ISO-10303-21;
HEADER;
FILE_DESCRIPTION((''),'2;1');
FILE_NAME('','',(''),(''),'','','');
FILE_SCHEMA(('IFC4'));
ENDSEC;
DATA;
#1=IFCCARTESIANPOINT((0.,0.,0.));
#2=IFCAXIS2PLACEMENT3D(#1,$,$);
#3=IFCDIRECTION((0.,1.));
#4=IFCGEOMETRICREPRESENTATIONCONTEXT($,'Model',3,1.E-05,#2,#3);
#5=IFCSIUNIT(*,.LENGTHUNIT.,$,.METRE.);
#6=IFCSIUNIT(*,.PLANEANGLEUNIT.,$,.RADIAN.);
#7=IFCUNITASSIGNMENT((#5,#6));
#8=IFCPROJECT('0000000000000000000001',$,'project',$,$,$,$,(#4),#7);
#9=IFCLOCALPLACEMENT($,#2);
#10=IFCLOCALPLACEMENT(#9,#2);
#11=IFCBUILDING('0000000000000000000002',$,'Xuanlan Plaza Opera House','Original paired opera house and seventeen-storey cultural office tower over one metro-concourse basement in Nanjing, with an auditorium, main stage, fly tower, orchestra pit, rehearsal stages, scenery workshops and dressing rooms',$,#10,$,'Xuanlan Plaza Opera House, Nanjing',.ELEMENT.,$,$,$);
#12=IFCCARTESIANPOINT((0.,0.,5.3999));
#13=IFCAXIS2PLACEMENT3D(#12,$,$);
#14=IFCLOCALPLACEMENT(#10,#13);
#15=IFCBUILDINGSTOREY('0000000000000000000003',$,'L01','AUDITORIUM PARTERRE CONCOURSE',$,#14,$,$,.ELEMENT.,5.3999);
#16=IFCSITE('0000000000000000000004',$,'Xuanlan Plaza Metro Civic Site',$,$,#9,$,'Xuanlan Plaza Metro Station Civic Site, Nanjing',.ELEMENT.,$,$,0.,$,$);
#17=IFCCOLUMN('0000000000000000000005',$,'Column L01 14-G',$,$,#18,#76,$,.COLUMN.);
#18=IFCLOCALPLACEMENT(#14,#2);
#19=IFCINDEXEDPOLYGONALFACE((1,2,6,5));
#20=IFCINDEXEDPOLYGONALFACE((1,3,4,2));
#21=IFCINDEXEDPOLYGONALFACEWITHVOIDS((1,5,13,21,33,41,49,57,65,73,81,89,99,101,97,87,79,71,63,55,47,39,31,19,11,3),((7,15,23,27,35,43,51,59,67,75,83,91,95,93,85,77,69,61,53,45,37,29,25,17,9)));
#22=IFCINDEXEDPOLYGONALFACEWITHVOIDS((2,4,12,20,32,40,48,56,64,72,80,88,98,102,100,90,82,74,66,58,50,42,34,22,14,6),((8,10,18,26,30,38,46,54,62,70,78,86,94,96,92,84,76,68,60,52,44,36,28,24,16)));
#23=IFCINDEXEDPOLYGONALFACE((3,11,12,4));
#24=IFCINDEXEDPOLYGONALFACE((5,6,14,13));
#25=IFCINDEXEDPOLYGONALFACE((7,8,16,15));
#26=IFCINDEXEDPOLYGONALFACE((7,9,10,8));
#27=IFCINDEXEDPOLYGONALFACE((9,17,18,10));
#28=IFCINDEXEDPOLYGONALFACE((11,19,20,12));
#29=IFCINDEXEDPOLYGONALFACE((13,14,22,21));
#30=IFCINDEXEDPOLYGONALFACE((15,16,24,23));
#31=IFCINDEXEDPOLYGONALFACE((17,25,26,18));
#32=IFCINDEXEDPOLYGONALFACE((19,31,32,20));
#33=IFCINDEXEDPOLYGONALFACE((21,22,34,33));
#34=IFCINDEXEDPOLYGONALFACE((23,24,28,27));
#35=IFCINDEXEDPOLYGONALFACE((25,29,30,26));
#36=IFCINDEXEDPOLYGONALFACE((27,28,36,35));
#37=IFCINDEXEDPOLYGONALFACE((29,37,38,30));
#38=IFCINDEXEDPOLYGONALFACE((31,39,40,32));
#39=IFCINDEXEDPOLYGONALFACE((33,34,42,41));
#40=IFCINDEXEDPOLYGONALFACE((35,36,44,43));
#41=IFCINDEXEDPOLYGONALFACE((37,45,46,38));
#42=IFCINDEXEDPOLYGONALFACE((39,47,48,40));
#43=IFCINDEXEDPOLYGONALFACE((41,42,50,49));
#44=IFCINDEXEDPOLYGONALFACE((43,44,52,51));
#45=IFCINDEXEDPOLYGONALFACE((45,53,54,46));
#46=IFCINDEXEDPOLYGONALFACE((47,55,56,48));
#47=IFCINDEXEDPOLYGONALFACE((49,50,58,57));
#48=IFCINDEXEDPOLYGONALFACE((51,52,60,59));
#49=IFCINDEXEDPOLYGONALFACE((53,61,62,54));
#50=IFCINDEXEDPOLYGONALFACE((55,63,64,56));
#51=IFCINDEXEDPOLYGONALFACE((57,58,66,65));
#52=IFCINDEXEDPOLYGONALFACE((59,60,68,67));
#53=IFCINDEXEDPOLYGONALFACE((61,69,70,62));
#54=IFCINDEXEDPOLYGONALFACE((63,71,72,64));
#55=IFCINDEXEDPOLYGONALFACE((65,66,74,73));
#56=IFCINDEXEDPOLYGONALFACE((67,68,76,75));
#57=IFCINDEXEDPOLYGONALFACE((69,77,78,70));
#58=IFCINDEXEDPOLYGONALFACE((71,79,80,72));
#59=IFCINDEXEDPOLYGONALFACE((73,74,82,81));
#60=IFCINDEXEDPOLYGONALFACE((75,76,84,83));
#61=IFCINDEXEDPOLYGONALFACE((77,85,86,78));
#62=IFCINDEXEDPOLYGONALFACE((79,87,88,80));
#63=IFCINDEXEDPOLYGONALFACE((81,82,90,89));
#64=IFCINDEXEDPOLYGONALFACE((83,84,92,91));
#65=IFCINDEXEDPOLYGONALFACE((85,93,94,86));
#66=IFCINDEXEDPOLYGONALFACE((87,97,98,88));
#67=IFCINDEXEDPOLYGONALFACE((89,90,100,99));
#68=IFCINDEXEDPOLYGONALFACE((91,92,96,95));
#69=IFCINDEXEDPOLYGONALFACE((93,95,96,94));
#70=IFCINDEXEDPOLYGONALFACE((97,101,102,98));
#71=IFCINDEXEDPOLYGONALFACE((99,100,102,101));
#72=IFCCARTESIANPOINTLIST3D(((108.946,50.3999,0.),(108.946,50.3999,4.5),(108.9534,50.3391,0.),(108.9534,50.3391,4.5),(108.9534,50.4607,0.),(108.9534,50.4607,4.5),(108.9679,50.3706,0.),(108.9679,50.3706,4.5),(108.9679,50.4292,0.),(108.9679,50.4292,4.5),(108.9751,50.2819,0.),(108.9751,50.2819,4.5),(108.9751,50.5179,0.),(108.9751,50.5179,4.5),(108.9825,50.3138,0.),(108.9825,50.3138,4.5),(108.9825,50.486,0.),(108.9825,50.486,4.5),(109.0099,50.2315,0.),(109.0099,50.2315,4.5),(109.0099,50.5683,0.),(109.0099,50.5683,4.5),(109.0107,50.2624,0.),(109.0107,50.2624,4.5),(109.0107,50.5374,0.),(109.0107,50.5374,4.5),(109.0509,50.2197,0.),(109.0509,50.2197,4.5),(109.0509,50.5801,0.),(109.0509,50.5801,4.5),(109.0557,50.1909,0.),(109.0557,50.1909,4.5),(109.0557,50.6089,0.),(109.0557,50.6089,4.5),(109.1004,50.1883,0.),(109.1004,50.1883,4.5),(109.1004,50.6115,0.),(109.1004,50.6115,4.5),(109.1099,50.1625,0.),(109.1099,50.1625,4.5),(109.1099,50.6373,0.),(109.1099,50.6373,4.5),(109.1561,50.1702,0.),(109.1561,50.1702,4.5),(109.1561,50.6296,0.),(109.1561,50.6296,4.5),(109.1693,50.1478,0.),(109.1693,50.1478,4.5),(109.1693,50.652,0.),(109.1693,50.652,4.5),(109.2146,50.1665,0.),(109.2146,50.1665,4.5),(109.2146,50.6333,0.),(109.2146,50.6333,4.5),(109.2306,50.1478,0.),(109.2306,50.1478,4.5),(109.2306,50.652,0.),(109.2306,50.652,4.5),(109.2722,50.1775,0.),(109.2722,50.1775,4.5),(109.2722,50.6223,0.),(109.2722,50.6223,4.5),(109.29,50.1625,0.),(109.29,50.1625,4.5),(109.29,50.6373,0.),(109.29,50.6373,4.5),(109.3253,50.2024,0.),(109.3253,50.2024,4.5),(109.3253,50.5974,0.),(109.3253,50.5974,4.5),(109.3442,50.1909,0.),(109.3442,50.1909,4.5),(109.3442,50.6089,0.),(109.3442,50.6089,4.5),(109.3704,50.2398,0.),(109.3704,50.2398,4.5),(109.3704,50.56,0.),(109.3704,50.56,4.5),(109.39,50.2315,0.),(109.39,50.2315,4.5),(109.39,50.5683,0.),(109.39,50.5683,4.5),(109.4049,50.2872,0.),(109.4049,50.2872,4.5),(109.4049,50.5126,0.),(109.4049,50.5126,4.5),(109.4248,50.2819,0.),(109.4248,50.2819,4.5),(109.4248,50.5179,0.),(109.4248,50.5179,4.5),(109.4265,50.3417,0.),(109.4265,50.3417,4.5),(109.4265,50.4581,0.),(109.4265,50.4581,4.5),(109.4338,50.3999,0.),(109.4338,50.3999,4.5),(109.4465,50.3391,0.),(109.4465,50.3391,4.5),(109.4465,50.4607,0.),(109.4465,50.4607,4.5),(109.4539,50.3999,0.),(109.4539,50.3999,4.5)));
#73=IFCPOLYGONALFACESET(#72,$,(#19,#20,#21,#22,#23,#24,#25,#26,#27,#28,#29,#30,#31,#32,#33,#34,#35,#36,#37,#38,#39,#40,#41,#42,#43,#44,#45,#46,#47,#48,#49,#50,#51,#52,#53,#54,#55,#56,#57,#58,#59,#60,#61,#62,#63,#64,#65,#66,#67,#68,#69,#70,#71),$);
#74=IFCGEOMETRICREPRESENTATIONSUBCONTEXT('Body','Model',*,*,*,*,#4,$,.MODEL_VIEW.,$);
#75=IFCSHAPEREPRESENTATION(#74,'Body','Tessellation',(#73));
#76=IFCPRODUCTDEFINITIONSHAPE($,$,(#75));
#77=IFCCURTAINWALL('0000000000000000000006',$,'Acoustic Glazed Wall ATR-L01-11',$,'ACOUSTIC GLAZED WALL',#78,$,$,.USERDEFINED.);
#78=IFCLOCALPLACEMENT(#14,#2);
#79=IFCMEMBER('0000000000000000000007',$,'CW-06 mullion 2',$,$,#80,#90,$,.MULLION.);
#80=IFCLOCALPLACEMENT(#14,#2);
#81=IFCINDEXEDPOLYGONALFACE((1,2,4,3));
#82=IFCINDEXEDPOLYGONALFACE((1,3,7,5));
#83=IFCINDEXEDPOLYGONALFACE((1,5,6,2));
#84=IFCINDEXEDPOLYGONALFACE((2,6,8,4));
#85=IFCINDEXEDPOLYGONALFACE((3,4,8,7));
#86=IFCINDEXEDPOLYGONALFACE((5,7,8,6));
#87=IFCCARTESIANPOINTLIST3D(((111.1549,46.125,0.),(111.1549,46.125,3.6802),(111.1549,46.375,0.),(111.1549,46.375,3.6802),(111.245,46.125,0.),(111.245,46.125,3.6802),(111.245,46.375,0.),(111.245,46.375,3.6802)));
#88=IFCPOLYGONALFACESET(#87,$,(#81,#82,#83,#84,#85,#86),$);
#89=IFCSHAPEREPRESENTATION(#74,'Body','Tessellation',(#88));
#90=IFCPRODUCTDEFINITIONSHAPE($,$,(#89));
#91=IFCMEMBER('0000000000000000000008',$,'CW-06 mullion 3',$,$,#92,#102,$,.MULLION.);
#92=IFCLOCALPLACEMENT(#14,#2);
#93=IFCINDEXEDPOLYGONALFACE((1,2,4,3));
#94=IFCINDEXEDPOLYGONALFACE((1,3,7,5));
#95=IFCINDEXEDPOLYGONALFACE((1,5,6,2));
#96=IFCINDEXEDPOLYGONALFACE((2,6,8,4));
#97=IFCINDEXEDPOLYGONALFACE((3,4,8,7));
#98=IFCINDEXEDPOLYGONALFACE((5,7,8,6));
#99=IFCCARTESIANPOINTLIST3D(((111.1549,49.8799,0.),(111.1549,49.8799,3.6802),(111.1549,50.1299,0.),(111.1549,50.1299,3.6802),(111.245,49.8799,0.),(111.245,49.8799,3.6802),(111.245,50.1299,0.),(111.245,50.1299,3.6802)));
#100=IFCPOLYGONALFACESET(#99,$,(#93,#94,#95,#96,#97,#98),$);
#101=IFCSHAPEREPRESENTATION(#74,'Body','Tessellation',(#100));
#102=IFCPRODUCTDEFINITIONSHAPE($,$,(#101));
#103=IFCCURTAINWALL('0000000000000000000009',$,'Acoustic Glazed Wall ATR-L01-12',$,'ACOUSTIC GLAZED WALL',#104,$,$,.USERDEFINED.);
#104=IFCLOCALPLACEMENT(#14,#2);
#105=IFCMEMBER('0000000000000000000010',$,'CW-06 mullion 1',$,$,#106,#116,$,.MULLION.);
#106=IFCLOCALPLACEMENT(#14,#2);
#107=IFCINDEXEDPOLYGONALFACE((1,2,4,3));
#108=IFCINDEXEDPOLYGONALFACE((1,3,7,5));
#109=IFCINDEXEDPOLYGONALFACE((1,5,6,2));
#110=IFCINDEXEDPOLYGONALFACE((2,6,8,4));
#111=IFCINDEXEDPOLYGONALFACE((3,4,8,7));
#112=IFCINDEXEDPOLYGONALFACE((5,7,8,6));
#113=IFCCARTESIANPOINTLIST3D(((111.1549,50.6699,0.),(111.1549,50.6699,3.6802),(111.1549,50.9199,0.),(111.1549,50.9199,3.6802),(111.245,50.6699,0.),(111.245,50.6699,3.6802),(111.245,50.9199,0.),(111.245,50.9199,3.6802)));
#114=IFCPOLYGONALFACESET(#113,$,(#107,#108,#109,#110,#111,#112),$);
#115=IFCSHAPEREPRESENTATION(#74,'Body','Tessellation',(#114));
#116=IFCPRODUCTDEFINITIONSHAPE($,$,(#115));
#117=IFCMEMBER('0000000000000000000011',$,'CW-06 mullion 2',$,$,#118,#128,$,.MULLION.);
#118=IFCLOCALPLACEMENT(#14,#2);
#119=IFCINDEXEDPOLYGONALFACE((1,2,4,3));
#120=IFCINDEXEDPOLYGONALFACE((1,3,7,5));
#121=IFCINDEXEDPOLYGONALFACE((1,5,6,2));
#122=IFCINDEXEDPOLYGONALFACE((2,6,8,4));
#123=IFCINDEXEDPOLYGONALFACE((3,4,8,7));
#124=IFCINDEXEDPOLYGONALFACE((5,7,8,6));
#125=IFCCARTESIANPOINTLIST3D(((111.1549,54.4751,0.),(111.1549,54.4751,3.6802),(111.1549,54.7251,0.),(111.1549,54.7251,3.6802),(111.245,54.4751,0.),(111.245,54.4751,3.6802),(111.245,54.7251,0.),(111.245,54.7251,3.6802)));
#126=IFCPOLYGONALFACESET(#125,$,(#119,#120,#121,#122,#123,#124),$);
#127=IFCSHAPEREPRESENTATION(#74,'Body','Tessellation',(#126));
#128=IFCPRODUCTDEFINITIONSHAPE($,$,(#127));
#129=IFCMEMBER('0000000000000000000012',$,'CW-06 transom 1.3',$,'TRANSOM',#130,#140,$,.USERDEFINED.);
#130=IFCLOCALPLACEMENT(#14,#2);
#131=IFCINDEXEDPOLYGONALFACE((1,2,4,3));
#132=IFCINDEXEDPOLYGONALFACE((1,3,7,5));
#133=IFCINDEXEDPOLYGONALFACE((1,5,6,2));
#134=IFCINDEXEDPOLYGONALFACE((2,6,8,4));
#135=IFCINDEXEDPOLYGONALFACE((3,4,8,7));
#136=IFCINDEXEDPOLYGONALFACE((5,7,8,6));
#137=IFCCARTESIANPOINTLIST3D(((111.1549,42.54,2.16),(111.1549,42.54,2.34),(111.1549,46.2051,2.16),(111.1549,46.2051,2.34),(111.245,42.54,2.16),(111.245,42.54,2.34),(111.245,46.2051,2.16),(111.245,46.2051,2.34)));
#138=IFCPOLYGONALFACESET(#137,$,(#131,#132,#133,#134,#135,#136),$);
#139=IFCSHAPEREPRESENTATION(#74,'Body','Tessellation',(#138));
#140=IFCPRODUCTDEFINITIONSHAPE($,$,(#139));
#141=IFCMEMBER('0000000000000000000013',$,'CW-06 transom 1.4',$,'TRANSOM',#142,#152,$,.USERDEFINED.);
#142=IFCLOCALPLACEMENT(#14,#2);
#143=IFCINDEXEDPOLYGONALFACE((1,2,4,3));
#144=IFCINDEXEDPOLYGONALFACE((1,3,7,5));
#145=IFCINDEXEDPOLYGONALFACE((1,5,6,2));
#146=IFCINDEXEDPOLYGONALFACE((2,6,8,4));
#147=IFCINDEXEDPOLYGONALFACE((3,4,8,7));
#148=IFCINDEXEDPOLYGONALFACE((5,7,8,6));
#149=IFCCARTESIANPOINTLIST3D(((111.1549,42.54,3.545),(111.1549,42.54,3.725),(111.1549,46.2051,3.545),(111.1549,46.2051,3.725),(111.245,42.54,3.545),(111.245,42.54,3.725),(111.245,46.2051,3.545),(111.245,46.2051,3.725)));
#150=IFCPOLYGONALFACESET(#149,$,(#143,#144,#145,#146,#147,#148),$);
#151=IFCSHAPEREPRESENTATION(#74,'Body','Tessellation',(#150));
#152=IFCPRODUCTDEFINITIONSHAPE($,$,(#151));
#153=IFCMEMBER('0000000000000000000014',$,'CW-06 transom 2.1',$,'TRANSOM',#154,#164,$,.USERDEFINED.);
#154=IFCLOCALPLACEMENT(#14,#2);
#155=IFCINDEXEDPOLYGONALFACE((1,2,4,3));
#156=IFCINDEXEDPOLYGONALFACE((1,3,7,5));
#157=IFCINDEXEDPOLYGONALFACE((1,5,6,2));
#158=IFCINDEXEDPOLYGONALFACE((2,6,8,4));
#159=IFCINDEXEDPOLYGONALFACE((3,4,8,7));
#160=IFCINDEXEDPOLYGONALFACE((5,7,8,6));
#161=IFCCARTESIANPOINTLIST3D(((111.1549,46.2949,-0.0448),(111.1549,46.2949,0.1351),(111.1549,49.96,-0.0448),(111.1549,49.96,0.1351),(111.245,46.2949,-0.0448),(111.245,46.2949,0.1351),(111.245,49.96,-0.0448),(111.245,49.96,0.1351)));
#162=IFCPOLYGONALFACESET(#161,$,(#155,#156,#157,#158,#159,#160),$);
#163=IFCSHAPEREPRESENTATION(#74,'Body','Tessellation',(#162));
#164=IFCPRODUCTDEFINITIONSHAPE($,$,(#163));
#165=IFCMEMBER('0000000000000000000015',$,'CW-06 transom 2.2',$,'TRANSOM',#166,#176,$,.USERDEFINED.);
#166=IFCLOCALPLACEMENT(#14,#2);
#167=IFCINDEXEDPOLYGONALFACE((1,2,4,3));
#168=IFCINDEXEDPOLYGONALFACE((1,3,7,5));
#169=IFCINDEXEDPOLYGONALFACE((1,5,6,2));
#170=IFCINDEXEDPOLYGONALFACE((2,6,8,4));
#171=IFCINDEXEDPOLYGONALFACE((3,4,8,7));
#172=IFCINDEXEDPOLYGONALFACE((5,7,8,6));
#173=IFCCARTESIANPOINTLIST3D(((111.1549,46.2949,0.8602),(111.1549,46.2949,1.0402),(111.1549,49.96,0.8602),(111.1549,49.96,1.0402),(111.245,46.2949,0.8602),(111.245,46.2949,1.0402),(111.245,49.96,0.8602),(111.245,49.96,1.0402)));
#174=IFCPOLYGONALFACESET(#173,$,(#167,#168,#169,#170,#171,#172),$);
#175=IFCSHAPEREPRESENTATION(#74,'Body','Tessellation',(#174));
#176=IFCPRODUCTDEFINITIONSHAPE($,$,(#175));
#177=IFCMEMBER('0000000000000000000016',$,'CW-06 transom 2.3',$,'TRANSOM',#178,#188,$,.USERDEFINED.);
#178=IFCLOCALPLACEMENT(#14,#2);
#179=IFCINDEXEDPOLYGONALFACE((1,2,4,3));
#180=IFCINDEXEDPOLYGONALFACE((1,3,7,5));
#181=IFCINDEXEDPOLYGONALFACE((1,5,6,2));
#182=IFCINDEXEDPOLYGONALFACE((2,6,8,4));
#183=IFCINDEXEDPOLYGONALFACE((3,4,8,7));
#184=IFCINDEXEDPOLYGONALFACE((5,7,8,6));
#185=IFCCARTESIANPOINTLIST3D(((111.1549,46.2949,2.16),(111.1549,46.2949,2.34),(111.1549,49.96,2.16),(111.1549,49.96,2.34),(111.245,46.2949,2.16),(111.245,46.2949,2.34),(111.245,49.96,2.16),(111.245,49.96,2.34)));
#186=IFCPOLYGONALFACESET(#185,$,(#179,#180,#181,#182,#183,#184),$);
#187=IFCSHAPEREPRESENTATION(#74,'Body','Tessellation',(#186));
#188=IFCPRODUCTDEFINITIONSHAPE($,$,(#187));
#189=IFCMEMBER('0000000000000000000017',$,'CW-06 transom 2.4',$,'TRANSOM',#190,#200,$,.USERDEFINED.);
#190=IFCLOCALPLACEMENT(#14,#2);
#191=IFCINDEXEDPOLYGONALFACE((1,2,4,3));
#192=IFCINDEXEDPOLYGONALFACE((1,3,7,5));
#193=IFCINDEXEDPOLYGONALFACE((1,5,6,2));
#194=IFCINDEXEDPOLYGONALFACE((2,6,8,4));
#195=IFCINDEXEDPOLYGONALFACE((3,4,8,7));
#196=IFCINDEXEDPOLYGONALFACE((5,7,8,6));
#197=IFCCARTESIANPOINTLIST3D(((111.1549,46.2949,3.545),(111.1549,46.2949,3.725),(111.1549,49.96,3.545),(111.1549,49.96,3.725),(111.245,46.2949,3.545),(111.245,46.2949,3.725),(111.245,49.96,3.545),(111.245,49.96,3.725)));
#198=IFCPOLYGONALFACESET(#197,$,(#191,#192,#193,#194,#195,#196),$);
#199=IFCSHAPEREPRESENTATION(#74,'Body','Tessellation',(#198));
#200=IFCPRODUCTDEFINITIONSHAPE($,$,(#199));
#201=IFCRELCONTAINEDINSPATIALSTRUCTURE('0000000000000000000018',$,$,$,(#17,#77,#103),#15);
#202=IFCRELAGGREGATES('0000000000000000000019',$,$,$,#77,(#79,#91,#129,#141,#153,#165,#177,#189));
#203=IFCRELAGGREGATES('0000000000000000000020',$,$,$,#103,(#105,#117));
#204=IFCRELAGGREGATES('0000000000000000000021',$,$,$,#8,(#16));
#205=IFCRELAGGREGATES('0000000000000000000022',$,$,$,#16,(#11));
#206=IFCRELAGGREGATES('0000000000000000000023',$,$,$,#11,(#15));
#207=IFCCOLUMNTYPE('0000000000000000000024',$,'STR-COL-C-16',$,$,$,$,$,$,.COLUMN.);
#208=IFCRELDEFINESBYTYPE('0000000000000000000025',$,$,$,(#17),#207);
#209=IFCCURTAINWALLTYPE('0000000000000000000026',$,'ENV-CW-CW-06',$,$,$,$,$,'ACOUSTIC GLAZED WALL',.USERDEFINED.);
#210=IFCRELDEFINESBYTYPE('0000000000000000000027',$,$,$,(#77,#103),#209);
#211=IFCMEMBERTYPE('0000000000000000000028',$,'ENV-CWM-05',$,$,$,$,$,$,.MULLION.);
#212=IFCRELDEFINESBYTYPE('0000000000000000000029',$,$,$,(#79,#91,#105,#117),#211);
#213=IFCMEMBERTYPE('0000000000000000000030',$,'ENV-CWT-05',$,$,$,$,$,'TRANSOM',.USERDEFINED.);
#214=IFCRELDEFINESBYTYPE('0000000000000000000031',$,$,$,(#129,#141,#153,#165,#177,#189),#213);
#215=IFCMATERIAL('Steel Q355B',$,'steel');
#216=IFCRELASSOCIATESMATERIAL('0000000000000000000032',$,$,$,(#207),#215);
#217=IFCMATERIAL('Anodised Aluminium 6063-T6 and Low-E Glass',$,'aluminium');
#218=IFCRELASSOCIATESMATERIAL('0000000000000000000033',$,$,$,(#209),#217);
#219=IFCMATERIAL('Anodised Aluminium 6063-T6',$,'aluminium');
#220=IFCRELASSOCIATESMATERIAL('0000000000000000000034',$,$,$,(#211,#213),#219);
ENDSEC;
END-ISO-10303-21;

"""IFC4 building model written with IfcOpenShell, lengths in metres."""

from ifc_helpers import new_model, si_unit, direction, frame, origin, origin_2d, place, context, subcontext, project, spatial, rectangle, hollow_circle, extrude, material, material_profile, profile_set, type_object, element, aggregate, save


model = new_model("IFC4")

# Units and contexts
model_context = context("Model", 3, precision=1e-05, world=origin(), true_north=direction((0.0, 1.0)))
body_context = subcontext(model_context, "Body", "Model", "MODEL_VIEW")
ifc_project = project(units=[si_unit("LENGTHUNIT", "METRE"), si_unit("PLANEANGLEUNIT", "RADIAN")], contexts=[model_context])

# Site, building, storey
site_placement = place(None, origin())
site = spatial("IfcSite", under=ifc_project, at=site_placement, Name="Xuanlan Plaza Metro Civic Site", LongName="Xuanlan Plaza Metro Station Civic Site, Nanjing", CompositionType="ELEMENT", RefElevation=0.0)
building_placement = place(site_placement, origin())
building = spatial("IfcBuilding", under=site, at=building_placement, Name="Xuanlan Plaza Opera House", Description="Original paired opera house and seventeen-storey cultural office tower over one metro-concourse basement in Nanjing, with an auditorium, main stage, fly tower, orchestra pit, rehearsal stages, scenery workshops and dressing rooms", LongName="Xuanlan Plaza Opera House, Nanjing", CompositionType="ELEMENT")
storey_placement = place(building_placement, frame((0.0, 0.0, 5.3999)))
storey = spatial("IfcBuildingStorey", under=building, at=storey_placement, Name="L01", Description="AUDITORIUM PARTERRE CONCOURSE", CompositionType="ELEMENT", Elevation=5.3999)

# Column
ifc_material_1 = material(Name="Steel Q355B", Category="steel")
ifc_material_profile_1 = material_profile(ifc_material_1, hollow_circle(Radius=0.2539, WallThickness=0.02, at=origin_2d()), Name="CHS 508x20")
ifc_profile_set_1 = profile_set([ifc_material_profile_1], Name="Steel Q355B")
column_type = type_object("IfcColumnType", Name="STR-COL-C-16", PredefinedType="COLUMN", material=ifc_profile_set_1)
column_placement = place(storey_placement, frame((109.2, 50.3999, 0.0), z_axis=(0.0, 0.0, 1.0), x_axis=(1.0, 0.0, 0.0)))
element("IfcColumn", 1, at=column_placement, inside=storey, type_object=column_type, Name="Column L01 14-G", PredefinedType="COLUMN", context=body_context, shape_type="SweptSolid", body=[
    extrude(hollow_circle(Radius=0.2539, WallThickness=0.02, at=origin_2d()), origin(), (0.0, 0.0, 1.0), 4.5),
])

# Curtain walls, members
ifc_material_2 = material(Name="Anodised Aluminium 6063-T6 and Low-E Glass", Category="aluminium")
curtain_wall_type = type_object("IfcCurtainWallType", Name="ENV-CW-CW-06", ElementType="ACOUSTIC GLAZED WALL", PredefinedType="USERDEFINED", material=ifc_material_2)
curtain_wall_1_placement = place(storey_placement, origin())
curtain_wall_1 = element("IfcCurtainWall", 2, at=curtain_wall_1_placement, inside=storey, type_object=curtain_wall_type, Name="Acoustic Glazed Wall ATR-L01-11", ObjectType="ACOUSTIC GLAZED WALL", PredefinedType="USERDEFINED")
ifc_material_3 = material(Name="Anodised Aluminium 6063-T6", Category="aluminium")
ifc_material_profile_2 = material_profile(ifc_material_3, rectangle(XDim=0.0901, YDim=0.25, at=origin_2d()), Name="ALU-M 90x250")
ifc_profile_set_2 = profile_set([ifc_material_profile_2], Name="Anodised Aluminium 6063-T6")
member_type_1 = type_object("IfcMemberType", Name="ENV-CWM-05", PredefinedType="MULLION", material=ifc_profile_set_2)
member_1_placement = place(storey_placement, frame((111.2, 46.25, 0.0), z_axis=(0.0, 0.0, 1.0), x_axis=(-1.0, 0.0, 0.0)))
member_1 = element("IfcMember", 3, at=member_1_placement, type_object=member_type_1, Name="CW-06 mullion 2", PredefinedType="MULLION", context=body_context, shape_type="SweptSolid", body=[
    extrude(rectangle(XDim=0.0901, YDim=0.25, at=origin_2d()), origin(), (0.0, 0.0, 1.0), 3.6802),
])
member_2_placement = place(storey_placement, frame((111.2, 50.0049, 0.0), z_axis=(0.0, 0.0, 1.0), x_axis=(-1.0, 0.0, 0.0)))
member_2 = element("IfcMember", 4, at=member_2_placement, type_object=member_type_1, Name="CW-06 mullion 3", PredefinedType="MULLION", context=body_context, shape_type="SweptSolid", body=[
    extrude(rectangle(XDim=0.0901, YDim=0.25, at=origin_2d()), origin(), (0.0, 0.0, 1.0), 3.6802),
])
curtain_wall_2_placement = place(storey_placement, origin())
curtain_wall_2 = element("IfcCurtainWall", 5, at=curtain_wall_2_placement, inside=storey, type_object=curtain_wall_type, Name="Acoustic Glazed Wall ATR-L01-12", ObjectType="ACOUSTIC GLAZED WALL", PredefinedType="USERDEFINED")
member_3_placement = place(storey_placement, frame((111.2, 50.7949, 0.0), z_axis=(0.0, 0.0, 1.0), x_axis=(-1.0, 0.0, 0.0)))
member_3 = element("IfcMember", 6, at=member_3_placement, type_object=member_type_1, Name="CW-06 mullion 1", PredefinedType="MULLION", context=body_context, shape_type="SweptSolid", body=[
    extrude(rectangle(XDim=0.0901, YDim=0.25, at=origin_2d()), origin(), (0.0, 0.0, 1.0), 3.6802),
])
member_4_placement = place(storey_placement, frame((111.2, 54.6001, 0.0), z_axis=(0.0, 0.0, 1.0), x_axis=(-1.0, 0.0, 0.0)))
member_4 = element("IfcMember", 7, at=member_4_placement, type_object=member_type_1, Name="CW-06 mullion 2", PredefinedType="MULLION", context=body_context, shape_type="SweptSolid", body=[
    extrude(rectangle(XDim=0.0901, YDim=0.25, at=origin_2d()), origin(), (0.0, 0.0, 1.0), 3.6802),
])

# Members
ifc_material_profile_3 = material_profile(ifc_material_3, rectangle(XDim=0.0901, YDim=0.1799, at=origin_2d()), Name="ALU-T 90x180")
ifc_profile_set_3 = profile_set([ifc_material_profile_3], Name="Anodised Aluminium 6063-T6")
member_type_2 = type_object("IfcMemberType", Name="ENV-CWT-05", ElementType="TRANSOM", PredefinedType="USERDEFINED", material=ifc_profile_set_3)
member_5_placement = place(storey_placement, frame((111.2, 42.54, 2.25), z_axis=(0.0, 1.0, 0.0), x_axis=(-1.0, 0.0, 0.0)))
member_5 = element("IfcMember", 8, at=member_5_placement, type_object=member_type_2, Name="CW-06 transom 1.3", ObjectType="TRANSOM", PredefinedType="USERDEFINED", context=body_context, shape_type="SweptSolid", body=[
    extrude(rectangle(XDim=0.0901, YDim=0.1799, at=origin_2d()), origin(), (0.0, 0.0, 1.0), 3.665),
])
member_6_placement = place(storey_placement, frame((111.2, 42.54, 3.635), z_axis=(0.0, 1.0, 0.0), x_axis=(-1.0, 0.0, 0.0)))
member_6 = element("IfcMember", 9, at=member_6_placement, type_object=member_type_2, Name="CW-06 transom 1.4", ObjectType="TRANSOM", PredefinedType="USERDEFINED", context=body_context, shape_type="SweptSolid", body=[
    extrude(rectangle(XDim=0.0901, YDim=0.1799, at=origin_2d()), origin(), (0.0, 0.0, 1.0), 3.665),
])
member_7_placement = place(storey_placement, frame((111.2, 46.2949, 0.0452), z_axis=(0.0, 1.0, 0.0), x_axis=(-1.0, 0.0, 0.0)))
member_7 = element("IfcMember", 10, at=member_7_placement, type_object=member_type_2, Name="CW-06 transom 2.1", ObjectType="TRANSOM", PredefinedType="USERDEFINED", context=body_context, shape_type="SweptSolid", body=[
    extrude(rectangle(XDim=0.0901, YDim=0.1799, at=origin_2d()), origin(), (0.0, 0.0, 1.0), 3.665),
])
member_8_placement = place(storey_placement, frame((111.2, 46.2949, 0.9502), z_axis=(0.0, 1.0, 0.0), x_axis=(-1.0, 0.0, 0.0)))
member_8 = element("IfcMember", 11, at=member_8_placement, type_object=member_type_2, Name="CW-06 transom 2.2", ObjectType="TRANSOM", PredefinedType="USERDEFINED", context=body_context, shape_type="SweptSolid", body=[
    extrude(rectangle(XDim=0.0901, YDim=0.1799, at=origin_2d()), origin(), (0.0, 0.0, 1.0), 3.665),
])
member_9_placement = place(storey_placement, frame((111.2, 46.2949, 2.25), z_axis=(0.0, 1.0, 0.0), x_axis=(-1.0, 0.0, 0.0)))
member_9 = element("IfcMember", 12, at=member_9_placement, type_object=member_type_2, Name="CW-06 transom 2.3", ObjectType="TRANSOM", PredefinedType="USERDEFINED", context=body_context, shape_type="SweptSolid", body=[
    extrude(rectangle(XDim=0.0901, YDim=0.1799, at=origin_2d()), origin(), (0.0, 0.0, 1.0), 3.665),
])
member_10_placement = place(storey_placement, frame((111.2, 46.2949, 3.635), z_axis=(0.0, 1.0, 0.0), x_axis=(-1.0, 0.0, 0.0)))
member_10 = element("IfcMember", 13, at=member_10_placement, type_object=member_type_2, Name="CW-06 transom 2.4", ObjectType="TRANSOM", PredefinedType="USERDEFINED", context=body_context, shape_type="SweptSolid", body=[
    extrude(rectangle(XDim=0.0901, YDim=0.1799, at=origin_2d()), origin(), (0.0, 0.0, 1.0), 3.665),
])

aggregate(curtain_wall_1, [member_1, member_2, member_5, member_6, member_7, member_8, member_9, member_10])
aggregate(curtain_wall_2, [member_3, member_4])

save(model, "model.ifc")
